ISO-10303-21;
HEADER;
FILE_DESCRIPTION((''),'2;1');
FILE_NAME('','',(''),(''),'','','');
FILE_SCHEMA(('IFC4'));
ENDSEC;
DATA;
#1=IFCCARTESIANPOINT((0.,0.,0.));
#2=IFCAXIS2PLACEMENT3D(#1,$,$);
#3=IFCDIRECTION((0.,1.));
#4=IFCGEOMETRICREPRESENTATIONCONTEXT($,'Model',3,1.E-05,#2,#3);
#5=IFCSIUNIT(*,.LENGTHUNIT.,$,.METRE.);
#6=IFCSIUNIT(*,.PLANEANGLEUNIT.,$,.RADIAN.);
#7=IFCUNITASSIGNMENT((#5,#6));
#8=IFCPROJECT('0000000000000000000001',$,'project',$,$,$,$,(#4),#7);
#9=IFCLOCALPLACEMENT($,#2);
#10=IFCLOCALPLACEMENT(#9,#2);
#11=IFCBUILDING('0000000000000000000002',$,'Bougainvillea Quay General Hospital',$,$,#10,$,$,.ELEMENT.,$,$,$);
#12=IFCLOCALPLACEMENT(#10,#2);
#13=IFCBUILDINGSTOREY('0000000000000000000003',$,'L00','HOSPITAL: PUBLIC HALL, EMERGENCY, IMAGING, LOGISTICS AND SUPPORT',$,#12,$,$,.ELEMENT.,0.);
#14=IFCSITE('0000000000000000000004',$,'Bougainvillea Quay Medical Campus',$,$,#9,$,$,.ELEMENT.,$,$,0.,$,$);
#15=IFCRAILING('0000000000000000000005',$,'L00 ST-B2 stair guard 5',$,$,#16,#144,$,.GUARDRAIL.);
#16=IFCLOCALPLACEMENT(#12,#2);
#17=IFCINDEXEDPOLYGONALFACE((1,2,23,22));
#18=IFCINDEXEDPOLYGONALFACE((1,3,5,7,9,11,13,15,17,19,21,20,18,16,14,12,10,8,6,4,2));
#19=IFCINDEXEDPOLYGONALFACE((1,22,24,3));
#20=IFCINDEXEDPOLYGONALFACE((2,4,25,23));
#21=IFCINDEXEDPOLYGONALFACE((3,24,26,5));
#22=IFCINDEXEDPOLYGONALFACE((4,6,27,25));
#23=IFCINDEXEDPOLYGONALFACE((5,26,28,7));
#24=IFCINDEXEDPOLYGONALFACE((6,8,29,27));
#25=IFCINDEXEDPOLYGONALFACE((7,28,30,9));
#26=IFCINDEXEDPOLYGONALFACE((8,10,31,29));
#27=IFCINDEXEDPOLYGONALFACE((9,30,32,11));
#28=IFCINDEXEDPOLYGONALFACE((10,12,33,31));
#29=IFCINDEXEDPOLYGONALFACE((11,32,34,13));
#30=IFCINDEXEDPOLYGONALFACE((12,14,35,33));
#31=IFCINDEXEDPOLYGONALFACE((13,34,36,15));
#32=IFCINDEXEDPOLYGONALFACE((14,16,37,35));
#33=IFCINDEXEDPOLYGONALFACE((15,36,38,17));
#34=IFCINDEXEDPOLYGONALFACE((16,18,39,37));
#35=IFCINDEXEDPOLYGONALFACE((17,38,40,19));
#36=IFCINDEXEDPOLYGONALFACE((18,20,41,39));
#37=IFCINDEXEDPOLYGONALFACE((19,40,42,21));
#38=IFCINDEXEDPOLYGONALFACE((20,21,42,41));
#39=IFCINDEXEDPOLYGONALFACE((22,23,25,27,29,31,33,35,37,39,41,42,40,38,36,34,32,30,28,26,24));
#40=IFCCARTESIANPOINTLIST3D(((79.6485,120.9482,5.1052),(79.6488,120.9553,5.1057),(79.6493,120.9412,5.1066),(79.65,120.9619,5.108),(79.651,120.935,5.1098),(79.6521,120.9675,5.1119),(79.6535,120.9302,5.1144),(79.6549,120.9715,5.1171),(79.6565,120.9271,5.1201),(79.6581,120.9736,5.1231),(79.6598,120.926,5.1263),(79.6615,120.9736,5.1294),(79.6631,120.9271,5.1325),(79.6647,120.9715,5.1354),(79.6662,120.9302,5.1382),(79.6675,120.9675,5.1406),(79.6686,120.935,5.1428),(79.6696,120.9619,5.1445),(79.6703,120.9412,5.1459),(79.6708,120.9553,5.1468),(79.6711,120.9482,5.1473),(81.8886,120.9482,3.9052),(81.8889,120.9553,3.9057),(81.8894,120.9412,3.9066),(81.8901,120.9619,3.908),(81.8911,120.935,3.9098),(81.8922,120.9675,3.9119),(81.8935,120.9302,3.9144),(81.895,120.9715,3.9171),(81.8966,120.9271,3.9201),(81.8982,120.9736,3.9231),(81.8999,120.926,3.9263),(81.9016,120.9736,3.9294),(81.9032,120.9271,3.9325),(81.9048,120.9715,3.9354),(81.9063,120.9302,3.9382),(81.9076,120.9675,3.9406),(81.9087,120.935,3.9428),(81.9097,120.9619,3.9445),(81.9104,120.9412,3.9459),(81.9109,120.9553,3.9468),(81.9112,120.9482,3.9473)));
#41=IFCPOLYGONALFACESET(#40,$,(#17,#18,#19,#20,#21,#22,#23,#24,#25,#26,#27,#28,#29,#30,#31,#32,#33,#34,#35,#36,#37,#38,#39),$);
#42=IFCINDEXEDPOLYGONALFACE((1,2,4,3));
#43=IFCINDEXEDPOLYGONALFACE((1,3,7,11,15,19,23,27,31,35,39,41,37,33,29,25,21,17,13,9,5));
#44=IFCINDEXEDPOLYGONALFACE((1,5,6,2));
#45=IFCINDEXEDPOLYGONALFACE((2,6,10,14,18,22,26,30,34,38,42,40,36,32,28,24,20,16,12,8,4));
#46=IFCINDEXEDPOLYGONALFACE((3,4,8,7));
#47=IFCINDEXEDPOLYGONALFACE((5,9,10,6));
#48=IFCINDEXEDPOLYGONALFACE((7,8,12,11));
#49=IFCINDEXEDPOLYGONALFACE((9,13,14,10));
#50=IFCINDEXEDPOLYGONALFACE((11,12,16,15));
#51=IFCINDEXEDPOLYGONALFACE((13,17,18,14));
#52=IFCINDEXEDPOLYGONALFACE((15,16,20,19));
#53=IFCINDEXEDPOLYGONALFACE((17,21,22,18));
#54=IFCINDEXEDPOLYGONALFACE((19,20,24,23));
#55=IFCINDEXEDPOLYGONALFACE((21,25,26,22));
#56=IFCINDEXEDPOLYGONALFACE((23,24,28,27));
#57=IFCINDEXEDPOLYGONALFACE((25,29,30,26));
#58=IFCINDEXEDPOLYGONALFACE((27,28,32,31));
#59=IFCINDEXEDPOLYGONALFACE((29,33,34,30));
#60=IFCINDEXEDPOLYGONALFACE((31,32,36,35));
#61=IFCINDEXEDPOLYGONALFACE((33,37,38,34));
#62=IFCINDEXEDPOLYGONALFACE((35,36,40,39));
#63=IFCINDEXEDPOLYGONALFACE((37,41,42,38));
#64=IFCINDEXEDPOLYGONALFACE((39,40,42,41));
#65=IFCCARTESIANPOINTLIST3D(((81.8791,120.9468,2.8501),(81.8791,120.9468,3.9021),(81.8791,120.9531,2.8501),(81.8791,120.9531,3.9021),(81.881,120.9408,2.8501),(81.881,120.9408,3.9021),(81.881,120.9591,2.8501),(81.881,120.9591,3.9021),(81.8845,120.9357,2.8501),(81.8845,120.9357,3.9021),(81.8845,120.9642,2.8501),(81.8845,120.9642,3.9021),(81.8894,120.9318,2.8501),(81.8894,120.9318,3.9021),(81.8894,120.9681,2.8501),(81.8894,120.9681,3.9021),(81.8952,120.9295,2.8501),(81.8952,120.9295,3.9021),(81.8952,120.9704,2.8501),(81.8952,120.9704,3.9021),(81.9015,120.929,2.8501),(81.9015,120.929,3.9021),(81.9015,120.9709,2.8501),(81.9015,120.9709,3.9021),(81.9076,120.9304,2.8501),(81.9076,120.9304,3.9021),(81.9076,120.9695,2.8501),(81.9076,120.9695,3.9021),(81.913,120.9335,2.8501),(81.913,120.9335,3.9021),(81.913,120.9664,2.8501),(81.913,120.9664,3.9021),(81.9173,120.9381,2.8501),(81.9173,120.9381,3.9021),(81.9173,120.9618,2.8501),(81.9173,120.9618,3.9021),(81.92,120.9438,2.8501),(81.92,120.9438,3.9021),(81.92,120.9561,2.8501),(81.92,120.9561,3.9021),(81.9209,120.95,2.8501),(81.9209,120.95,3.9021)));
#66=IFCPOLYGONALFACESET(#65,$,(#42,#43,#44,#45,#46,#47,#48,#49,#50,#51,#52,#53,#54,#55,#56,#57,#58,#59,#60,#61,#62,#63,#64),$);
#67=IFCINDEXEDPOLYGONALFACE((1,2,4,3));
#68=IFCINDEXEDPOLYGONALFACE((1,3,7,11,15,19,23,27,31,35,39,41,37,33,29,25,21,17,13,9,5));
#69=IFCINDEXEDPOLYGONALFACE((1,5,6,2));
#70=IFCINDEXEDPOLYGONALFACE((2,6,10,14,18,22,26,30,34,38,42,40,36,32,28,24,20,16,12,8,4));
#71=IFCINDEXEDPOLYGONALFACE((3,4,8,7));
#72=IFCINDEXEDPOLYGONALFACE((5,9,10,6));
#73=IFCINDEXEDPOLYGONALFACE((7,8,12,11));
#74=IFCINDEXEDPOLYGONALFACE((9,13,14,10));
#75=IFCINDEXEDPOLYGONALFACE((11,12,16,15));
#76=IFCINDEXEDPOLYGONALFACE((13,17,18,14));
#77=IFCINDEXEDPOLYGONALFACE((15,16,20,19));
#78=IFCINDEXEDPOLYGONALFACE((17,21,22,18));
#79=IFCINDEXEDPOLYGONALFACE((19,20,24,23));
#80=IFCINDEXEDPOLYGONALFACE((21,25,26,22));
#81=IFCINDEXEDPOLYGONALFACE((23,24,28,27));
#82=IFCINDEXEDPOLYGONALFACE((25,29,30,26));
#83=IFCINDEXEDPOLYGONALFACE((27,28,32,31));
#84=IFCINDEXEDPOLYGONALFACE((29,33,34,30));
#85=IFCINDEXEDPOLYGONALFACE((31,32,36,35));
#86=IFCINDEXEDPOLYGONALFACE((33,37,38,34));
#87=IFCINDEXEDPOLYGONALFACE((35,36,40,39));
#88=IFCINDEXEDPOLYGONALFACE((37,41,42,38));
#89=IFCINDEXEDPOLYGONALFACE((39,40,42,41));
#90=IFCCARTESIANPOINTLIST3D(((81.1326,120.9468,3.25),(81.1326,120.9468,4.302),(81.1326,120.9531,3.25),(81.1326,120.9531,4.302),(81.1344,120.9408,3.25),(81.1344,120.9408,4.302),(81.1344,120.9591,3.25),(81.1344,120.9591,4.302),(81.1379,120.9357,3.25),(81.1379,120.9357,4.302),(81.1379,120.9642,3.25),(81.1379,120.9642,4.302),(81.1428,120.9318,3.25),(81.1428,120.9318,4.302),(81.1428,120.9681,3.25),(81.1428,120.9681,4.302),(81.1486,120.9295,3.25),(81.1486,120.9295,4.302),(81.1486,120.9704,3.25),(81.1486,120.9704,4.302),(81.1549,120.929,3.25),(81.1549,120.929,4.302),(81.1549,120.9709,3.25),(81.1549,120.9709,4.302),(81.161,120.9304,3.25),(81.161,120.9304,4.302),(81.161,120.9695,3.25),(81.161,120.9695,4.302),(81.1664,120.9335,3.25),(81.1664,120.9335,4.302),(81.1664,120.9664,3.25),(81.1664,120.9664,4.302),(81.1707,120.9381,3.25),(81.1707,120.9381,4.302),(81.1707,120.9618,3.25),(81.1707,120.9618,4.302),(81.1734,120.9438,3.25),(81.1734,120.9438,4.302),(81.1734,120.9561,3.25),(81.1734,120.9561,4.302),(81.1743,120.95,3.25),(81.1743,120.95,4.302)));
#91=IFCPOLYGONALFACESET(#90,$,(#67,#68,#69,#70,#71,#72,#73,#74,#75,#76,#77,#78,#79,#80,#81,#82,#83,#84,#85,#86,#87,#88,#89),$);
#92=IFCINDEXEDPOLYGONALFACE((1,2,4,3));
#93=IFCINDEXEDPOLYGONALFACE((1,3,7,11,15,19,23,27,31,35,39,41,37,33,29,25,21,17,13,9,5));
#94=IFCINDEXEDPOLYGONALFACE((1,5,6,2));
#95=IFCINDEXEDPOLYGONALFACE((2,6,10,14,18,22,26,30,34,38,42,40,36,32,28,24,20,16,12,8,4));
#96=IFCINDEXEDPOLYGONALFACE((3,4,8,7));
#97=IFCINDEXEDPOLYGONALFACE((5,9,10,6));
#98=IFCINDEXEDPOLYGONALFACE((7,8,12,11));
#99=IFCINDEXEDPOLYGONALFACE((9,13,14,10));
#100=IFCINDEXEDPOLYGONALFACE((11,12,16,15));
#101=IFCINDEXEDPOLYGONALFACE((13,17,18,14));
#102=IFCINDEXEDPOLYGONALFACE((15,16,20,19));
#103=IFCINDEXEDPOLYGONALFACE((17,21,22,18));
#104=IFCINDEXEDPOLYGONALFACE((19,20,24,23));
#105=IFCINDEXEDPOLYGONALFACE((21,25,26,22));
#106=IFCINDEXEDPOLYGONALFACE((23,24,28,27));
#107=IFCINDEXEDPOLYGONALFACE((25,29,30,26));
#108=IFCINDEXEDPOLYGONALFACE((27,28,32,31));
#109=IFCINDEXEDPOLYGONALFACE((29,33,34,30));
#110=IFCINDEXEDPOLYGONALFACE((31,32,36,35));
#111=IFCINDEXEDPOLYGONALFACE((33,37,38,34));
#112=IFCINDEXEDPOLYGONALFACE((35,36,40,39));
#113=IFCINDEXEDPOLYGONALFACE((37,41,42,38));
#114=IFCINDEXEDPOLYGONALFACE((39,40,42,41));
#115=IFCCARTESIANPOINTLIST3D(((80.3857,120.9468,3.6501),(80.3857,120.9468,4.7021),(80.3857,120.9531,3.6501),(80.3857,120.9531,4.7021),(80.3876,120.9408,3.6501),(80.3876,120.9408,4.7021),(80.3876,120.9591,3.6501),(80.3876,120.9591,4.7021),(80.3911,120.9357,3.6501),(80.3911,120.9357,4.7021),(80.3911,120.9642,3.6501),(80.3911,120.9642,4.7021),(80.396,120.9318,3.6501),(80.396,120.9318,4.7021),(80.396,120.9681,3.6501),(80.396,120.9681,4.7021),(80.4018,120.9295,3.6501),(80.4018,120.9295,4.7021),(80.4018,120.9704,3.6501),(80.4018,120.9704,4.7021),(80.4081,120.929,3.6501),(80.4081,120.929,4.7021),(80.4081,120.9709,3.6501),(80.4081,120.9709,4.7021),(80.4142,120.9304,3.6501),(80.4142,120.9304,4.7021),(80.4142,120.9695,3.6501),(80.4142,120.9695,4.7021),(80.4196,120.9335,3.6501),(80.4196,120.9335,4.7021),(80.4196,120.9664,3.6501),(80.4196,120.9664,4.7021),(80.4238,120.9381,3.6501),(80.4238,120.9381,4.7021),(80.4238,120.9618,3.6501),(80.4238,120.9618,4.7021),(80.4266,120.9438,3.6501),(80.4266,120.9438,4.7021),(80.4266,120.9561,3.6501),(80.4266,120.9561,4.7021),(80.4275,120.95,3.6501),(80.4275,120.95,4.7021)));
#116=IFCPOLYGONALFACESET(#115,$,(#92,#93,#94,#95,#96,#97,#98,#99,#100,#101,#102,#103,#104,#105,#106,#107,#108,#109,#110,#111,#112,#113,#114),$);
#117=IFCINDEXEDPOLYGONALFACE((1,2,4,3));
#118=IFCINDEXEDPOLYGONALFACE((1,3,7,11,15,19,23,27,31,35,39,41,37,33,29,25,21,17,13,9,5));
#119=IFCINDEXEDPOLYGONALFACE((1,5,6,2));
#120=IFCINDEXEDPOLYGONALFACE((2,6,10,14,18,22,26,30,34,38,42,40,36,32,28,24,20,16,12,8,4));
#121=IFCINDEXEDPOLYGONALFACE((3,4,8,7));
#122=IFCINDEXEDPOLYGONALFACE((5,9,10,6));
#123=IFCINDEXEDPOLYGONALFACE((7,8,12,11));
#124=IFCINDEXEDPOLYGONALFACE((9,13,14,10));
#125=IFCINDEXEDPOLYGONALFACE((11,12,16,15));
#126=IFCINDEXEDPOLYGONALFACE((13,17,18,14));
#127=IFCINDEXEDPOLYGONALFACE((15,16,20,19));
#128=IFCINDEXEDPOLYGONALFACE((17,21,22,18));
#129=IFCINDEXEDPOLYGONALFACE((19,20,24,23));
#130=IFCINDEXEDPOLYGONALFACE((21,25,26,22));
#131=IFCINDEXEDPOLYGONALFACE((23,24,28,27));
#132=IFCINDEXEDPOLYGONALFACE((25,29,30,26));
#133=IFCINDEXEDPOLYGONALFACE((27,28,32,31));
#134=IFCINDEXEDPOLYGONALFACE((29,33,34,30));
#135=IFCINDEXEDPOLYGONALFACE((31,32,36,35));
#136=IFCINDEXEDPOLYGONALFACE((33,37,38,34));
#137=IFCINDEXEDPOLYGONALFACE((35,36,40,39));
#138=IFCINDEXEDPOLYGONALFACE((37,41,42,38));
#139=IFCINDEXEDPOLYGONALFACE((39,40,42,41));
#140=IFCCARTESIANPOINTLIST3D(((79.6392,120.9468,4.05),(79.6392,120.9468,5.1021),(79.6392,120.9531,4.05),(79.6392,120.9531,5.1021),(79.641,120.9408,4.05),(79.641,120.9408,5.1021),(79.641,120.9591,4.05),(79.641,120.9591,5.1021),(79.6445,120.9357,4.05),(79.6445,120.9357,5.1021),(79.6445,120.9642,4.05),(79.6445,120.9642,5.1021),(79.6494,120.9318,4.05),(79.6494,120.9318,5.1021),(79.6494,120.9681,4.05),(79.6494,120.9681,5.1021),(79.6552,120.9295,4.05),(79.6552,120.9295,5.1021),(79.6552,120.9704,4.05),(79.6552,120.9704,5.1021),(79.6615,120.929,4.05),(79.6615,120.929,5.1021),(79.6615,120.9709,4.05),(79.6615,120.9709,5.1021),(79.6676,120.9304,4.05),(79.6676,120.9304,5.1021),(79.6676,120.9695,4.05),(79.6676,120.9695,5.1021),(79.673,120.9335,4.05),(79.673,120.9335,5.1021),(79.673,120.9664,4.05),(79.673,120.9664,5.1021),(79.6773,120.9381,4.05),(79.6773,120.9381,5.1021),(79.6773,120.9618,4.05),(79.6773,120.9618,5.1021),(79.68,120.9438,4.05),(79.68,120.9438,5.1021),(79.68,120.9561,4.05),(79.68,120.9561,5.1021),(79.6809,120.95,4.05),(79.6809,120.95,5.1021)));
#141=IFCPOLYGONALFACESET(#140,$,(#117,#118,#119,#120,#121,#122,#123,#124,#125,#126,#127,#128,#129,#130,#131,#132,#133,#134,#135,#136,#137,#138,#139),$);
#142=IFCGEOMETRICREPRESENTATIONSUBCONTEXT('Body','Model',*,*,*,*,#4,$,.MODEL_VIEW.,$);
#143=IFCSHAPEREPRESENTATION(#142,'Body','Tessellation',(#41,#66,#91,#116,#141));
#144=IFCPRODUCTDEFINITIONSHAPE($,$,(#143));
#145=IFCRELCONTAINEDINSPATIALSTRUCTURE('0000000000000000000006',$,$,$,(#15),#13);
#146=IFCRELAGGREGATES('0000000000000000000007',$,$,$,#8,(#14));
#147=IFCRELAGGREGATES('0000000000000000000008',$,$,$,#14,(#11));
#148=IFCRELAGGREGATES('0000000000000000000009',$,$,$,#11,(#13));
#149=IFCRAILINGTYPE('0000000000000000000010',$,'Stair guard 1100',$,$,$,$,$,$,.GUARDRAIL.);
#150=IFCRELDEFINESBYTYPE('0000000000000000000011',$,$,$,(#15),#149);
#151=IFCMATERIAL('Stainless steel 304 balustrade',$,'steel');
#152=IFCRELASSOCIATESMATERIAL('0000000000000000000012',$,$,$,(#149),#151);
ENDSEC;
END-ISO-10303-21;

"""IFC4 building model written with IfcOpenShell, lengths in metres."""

from ifc_helpers import new_model, si_unit, direction, frame, origin, origin_2d, place, context, subcontext, project, spatial, circle, extrude, material, type_object, element, save


model = new_model("IFC4")

# Units and contexts
model_context = context("Model", 3, precision=1e-05, world=origin(), true_north=direction((0.0, 1.0)))
body_context = subcontext(model_context, "Body", "Model", "MODEL_VIEW")
ifc_project = project(units=[si_unit("LENGTHUNIT", "METRE"), si_unit("PLANEANGLEUNIT", "RADIAN")], contexts=[model_context])

# Site, building, storey
site_placement = place(None, origin())
site = spatial("IfcSite", under=ifc_project, at=site_placement, Name="Bougainvillea Quay Medical Campus", CompositionType="ELEMENT", RefElevation=0.0)
building_placement = place(site_placement, origin())
building = spatial("IfcBuilding", under=site, at=building_placement, Name="Bougainvillea Quay General Hospital", CompositionType="ELEMENT")
storey_placement = place(building_placement, origin())
storey = spatial("IfcBuildingStorey", under=building, at=storey_placement, Name="L00", Description="HOSPITAL: PUBLIC HALL, EMERGENCY, IMAGING, LOGISTICS AND SUPPORT", CompositionType="ELEMENT", Elevation=0.0)

# Railing
ifc_material_1 = material(Name="Stainless steel 304 balustrade", Category="steel")
railing_type_1 = type_object("IfcRailingType", Name="Stair guard 1100", PredefinedType="GUARDRAIL", material=ifc_material_1)
railing_1_placement = place(storey_placement, frame((81.8999, 120.95, 2.8501)))
element("IfcRailing", 1, at=railing_1_placement, inside=storey, type_object=railing_type_1, Name="L00 ST-B2 stair guard 5", PredefinedType="GUARDRAIL", context=body_context, shape_type="SweptSolid", body=[
    extrude(circle(Radius=0.0239, at=origin_2d()), frame((0.0, 0.0, 1.0762), z_axis=(-0.881487, 0.0, 0.472208), x_axis=(0.0, -1.0, 0.0)), (0.0, 0.0, 1.0), 2.5413),
    extrude(circle(Radius=0.021, at=origin_2d()), origin(), (0.0, 0.0, 1.0), 1.052),
    extrude(circle(Radius=0.021, at=origin_2d()), frame((-0.7466, 0.0, 0.3999)), (0.0, 0.0, 1.0), 1.052),
    extrude(circle(Radius=0.021, at=origin_2d()), frame((-1.4934, 0.0, 0.8)), (0.0, 0.0, 1.0), 1.052),
    extrude(circle(Radius=0.021, at=origin_2d()), frame((-2.24, 0.0, 1.2)), (0.0, 0.0, 1.0), 1.052),
])

save(model, "model.ifc")
